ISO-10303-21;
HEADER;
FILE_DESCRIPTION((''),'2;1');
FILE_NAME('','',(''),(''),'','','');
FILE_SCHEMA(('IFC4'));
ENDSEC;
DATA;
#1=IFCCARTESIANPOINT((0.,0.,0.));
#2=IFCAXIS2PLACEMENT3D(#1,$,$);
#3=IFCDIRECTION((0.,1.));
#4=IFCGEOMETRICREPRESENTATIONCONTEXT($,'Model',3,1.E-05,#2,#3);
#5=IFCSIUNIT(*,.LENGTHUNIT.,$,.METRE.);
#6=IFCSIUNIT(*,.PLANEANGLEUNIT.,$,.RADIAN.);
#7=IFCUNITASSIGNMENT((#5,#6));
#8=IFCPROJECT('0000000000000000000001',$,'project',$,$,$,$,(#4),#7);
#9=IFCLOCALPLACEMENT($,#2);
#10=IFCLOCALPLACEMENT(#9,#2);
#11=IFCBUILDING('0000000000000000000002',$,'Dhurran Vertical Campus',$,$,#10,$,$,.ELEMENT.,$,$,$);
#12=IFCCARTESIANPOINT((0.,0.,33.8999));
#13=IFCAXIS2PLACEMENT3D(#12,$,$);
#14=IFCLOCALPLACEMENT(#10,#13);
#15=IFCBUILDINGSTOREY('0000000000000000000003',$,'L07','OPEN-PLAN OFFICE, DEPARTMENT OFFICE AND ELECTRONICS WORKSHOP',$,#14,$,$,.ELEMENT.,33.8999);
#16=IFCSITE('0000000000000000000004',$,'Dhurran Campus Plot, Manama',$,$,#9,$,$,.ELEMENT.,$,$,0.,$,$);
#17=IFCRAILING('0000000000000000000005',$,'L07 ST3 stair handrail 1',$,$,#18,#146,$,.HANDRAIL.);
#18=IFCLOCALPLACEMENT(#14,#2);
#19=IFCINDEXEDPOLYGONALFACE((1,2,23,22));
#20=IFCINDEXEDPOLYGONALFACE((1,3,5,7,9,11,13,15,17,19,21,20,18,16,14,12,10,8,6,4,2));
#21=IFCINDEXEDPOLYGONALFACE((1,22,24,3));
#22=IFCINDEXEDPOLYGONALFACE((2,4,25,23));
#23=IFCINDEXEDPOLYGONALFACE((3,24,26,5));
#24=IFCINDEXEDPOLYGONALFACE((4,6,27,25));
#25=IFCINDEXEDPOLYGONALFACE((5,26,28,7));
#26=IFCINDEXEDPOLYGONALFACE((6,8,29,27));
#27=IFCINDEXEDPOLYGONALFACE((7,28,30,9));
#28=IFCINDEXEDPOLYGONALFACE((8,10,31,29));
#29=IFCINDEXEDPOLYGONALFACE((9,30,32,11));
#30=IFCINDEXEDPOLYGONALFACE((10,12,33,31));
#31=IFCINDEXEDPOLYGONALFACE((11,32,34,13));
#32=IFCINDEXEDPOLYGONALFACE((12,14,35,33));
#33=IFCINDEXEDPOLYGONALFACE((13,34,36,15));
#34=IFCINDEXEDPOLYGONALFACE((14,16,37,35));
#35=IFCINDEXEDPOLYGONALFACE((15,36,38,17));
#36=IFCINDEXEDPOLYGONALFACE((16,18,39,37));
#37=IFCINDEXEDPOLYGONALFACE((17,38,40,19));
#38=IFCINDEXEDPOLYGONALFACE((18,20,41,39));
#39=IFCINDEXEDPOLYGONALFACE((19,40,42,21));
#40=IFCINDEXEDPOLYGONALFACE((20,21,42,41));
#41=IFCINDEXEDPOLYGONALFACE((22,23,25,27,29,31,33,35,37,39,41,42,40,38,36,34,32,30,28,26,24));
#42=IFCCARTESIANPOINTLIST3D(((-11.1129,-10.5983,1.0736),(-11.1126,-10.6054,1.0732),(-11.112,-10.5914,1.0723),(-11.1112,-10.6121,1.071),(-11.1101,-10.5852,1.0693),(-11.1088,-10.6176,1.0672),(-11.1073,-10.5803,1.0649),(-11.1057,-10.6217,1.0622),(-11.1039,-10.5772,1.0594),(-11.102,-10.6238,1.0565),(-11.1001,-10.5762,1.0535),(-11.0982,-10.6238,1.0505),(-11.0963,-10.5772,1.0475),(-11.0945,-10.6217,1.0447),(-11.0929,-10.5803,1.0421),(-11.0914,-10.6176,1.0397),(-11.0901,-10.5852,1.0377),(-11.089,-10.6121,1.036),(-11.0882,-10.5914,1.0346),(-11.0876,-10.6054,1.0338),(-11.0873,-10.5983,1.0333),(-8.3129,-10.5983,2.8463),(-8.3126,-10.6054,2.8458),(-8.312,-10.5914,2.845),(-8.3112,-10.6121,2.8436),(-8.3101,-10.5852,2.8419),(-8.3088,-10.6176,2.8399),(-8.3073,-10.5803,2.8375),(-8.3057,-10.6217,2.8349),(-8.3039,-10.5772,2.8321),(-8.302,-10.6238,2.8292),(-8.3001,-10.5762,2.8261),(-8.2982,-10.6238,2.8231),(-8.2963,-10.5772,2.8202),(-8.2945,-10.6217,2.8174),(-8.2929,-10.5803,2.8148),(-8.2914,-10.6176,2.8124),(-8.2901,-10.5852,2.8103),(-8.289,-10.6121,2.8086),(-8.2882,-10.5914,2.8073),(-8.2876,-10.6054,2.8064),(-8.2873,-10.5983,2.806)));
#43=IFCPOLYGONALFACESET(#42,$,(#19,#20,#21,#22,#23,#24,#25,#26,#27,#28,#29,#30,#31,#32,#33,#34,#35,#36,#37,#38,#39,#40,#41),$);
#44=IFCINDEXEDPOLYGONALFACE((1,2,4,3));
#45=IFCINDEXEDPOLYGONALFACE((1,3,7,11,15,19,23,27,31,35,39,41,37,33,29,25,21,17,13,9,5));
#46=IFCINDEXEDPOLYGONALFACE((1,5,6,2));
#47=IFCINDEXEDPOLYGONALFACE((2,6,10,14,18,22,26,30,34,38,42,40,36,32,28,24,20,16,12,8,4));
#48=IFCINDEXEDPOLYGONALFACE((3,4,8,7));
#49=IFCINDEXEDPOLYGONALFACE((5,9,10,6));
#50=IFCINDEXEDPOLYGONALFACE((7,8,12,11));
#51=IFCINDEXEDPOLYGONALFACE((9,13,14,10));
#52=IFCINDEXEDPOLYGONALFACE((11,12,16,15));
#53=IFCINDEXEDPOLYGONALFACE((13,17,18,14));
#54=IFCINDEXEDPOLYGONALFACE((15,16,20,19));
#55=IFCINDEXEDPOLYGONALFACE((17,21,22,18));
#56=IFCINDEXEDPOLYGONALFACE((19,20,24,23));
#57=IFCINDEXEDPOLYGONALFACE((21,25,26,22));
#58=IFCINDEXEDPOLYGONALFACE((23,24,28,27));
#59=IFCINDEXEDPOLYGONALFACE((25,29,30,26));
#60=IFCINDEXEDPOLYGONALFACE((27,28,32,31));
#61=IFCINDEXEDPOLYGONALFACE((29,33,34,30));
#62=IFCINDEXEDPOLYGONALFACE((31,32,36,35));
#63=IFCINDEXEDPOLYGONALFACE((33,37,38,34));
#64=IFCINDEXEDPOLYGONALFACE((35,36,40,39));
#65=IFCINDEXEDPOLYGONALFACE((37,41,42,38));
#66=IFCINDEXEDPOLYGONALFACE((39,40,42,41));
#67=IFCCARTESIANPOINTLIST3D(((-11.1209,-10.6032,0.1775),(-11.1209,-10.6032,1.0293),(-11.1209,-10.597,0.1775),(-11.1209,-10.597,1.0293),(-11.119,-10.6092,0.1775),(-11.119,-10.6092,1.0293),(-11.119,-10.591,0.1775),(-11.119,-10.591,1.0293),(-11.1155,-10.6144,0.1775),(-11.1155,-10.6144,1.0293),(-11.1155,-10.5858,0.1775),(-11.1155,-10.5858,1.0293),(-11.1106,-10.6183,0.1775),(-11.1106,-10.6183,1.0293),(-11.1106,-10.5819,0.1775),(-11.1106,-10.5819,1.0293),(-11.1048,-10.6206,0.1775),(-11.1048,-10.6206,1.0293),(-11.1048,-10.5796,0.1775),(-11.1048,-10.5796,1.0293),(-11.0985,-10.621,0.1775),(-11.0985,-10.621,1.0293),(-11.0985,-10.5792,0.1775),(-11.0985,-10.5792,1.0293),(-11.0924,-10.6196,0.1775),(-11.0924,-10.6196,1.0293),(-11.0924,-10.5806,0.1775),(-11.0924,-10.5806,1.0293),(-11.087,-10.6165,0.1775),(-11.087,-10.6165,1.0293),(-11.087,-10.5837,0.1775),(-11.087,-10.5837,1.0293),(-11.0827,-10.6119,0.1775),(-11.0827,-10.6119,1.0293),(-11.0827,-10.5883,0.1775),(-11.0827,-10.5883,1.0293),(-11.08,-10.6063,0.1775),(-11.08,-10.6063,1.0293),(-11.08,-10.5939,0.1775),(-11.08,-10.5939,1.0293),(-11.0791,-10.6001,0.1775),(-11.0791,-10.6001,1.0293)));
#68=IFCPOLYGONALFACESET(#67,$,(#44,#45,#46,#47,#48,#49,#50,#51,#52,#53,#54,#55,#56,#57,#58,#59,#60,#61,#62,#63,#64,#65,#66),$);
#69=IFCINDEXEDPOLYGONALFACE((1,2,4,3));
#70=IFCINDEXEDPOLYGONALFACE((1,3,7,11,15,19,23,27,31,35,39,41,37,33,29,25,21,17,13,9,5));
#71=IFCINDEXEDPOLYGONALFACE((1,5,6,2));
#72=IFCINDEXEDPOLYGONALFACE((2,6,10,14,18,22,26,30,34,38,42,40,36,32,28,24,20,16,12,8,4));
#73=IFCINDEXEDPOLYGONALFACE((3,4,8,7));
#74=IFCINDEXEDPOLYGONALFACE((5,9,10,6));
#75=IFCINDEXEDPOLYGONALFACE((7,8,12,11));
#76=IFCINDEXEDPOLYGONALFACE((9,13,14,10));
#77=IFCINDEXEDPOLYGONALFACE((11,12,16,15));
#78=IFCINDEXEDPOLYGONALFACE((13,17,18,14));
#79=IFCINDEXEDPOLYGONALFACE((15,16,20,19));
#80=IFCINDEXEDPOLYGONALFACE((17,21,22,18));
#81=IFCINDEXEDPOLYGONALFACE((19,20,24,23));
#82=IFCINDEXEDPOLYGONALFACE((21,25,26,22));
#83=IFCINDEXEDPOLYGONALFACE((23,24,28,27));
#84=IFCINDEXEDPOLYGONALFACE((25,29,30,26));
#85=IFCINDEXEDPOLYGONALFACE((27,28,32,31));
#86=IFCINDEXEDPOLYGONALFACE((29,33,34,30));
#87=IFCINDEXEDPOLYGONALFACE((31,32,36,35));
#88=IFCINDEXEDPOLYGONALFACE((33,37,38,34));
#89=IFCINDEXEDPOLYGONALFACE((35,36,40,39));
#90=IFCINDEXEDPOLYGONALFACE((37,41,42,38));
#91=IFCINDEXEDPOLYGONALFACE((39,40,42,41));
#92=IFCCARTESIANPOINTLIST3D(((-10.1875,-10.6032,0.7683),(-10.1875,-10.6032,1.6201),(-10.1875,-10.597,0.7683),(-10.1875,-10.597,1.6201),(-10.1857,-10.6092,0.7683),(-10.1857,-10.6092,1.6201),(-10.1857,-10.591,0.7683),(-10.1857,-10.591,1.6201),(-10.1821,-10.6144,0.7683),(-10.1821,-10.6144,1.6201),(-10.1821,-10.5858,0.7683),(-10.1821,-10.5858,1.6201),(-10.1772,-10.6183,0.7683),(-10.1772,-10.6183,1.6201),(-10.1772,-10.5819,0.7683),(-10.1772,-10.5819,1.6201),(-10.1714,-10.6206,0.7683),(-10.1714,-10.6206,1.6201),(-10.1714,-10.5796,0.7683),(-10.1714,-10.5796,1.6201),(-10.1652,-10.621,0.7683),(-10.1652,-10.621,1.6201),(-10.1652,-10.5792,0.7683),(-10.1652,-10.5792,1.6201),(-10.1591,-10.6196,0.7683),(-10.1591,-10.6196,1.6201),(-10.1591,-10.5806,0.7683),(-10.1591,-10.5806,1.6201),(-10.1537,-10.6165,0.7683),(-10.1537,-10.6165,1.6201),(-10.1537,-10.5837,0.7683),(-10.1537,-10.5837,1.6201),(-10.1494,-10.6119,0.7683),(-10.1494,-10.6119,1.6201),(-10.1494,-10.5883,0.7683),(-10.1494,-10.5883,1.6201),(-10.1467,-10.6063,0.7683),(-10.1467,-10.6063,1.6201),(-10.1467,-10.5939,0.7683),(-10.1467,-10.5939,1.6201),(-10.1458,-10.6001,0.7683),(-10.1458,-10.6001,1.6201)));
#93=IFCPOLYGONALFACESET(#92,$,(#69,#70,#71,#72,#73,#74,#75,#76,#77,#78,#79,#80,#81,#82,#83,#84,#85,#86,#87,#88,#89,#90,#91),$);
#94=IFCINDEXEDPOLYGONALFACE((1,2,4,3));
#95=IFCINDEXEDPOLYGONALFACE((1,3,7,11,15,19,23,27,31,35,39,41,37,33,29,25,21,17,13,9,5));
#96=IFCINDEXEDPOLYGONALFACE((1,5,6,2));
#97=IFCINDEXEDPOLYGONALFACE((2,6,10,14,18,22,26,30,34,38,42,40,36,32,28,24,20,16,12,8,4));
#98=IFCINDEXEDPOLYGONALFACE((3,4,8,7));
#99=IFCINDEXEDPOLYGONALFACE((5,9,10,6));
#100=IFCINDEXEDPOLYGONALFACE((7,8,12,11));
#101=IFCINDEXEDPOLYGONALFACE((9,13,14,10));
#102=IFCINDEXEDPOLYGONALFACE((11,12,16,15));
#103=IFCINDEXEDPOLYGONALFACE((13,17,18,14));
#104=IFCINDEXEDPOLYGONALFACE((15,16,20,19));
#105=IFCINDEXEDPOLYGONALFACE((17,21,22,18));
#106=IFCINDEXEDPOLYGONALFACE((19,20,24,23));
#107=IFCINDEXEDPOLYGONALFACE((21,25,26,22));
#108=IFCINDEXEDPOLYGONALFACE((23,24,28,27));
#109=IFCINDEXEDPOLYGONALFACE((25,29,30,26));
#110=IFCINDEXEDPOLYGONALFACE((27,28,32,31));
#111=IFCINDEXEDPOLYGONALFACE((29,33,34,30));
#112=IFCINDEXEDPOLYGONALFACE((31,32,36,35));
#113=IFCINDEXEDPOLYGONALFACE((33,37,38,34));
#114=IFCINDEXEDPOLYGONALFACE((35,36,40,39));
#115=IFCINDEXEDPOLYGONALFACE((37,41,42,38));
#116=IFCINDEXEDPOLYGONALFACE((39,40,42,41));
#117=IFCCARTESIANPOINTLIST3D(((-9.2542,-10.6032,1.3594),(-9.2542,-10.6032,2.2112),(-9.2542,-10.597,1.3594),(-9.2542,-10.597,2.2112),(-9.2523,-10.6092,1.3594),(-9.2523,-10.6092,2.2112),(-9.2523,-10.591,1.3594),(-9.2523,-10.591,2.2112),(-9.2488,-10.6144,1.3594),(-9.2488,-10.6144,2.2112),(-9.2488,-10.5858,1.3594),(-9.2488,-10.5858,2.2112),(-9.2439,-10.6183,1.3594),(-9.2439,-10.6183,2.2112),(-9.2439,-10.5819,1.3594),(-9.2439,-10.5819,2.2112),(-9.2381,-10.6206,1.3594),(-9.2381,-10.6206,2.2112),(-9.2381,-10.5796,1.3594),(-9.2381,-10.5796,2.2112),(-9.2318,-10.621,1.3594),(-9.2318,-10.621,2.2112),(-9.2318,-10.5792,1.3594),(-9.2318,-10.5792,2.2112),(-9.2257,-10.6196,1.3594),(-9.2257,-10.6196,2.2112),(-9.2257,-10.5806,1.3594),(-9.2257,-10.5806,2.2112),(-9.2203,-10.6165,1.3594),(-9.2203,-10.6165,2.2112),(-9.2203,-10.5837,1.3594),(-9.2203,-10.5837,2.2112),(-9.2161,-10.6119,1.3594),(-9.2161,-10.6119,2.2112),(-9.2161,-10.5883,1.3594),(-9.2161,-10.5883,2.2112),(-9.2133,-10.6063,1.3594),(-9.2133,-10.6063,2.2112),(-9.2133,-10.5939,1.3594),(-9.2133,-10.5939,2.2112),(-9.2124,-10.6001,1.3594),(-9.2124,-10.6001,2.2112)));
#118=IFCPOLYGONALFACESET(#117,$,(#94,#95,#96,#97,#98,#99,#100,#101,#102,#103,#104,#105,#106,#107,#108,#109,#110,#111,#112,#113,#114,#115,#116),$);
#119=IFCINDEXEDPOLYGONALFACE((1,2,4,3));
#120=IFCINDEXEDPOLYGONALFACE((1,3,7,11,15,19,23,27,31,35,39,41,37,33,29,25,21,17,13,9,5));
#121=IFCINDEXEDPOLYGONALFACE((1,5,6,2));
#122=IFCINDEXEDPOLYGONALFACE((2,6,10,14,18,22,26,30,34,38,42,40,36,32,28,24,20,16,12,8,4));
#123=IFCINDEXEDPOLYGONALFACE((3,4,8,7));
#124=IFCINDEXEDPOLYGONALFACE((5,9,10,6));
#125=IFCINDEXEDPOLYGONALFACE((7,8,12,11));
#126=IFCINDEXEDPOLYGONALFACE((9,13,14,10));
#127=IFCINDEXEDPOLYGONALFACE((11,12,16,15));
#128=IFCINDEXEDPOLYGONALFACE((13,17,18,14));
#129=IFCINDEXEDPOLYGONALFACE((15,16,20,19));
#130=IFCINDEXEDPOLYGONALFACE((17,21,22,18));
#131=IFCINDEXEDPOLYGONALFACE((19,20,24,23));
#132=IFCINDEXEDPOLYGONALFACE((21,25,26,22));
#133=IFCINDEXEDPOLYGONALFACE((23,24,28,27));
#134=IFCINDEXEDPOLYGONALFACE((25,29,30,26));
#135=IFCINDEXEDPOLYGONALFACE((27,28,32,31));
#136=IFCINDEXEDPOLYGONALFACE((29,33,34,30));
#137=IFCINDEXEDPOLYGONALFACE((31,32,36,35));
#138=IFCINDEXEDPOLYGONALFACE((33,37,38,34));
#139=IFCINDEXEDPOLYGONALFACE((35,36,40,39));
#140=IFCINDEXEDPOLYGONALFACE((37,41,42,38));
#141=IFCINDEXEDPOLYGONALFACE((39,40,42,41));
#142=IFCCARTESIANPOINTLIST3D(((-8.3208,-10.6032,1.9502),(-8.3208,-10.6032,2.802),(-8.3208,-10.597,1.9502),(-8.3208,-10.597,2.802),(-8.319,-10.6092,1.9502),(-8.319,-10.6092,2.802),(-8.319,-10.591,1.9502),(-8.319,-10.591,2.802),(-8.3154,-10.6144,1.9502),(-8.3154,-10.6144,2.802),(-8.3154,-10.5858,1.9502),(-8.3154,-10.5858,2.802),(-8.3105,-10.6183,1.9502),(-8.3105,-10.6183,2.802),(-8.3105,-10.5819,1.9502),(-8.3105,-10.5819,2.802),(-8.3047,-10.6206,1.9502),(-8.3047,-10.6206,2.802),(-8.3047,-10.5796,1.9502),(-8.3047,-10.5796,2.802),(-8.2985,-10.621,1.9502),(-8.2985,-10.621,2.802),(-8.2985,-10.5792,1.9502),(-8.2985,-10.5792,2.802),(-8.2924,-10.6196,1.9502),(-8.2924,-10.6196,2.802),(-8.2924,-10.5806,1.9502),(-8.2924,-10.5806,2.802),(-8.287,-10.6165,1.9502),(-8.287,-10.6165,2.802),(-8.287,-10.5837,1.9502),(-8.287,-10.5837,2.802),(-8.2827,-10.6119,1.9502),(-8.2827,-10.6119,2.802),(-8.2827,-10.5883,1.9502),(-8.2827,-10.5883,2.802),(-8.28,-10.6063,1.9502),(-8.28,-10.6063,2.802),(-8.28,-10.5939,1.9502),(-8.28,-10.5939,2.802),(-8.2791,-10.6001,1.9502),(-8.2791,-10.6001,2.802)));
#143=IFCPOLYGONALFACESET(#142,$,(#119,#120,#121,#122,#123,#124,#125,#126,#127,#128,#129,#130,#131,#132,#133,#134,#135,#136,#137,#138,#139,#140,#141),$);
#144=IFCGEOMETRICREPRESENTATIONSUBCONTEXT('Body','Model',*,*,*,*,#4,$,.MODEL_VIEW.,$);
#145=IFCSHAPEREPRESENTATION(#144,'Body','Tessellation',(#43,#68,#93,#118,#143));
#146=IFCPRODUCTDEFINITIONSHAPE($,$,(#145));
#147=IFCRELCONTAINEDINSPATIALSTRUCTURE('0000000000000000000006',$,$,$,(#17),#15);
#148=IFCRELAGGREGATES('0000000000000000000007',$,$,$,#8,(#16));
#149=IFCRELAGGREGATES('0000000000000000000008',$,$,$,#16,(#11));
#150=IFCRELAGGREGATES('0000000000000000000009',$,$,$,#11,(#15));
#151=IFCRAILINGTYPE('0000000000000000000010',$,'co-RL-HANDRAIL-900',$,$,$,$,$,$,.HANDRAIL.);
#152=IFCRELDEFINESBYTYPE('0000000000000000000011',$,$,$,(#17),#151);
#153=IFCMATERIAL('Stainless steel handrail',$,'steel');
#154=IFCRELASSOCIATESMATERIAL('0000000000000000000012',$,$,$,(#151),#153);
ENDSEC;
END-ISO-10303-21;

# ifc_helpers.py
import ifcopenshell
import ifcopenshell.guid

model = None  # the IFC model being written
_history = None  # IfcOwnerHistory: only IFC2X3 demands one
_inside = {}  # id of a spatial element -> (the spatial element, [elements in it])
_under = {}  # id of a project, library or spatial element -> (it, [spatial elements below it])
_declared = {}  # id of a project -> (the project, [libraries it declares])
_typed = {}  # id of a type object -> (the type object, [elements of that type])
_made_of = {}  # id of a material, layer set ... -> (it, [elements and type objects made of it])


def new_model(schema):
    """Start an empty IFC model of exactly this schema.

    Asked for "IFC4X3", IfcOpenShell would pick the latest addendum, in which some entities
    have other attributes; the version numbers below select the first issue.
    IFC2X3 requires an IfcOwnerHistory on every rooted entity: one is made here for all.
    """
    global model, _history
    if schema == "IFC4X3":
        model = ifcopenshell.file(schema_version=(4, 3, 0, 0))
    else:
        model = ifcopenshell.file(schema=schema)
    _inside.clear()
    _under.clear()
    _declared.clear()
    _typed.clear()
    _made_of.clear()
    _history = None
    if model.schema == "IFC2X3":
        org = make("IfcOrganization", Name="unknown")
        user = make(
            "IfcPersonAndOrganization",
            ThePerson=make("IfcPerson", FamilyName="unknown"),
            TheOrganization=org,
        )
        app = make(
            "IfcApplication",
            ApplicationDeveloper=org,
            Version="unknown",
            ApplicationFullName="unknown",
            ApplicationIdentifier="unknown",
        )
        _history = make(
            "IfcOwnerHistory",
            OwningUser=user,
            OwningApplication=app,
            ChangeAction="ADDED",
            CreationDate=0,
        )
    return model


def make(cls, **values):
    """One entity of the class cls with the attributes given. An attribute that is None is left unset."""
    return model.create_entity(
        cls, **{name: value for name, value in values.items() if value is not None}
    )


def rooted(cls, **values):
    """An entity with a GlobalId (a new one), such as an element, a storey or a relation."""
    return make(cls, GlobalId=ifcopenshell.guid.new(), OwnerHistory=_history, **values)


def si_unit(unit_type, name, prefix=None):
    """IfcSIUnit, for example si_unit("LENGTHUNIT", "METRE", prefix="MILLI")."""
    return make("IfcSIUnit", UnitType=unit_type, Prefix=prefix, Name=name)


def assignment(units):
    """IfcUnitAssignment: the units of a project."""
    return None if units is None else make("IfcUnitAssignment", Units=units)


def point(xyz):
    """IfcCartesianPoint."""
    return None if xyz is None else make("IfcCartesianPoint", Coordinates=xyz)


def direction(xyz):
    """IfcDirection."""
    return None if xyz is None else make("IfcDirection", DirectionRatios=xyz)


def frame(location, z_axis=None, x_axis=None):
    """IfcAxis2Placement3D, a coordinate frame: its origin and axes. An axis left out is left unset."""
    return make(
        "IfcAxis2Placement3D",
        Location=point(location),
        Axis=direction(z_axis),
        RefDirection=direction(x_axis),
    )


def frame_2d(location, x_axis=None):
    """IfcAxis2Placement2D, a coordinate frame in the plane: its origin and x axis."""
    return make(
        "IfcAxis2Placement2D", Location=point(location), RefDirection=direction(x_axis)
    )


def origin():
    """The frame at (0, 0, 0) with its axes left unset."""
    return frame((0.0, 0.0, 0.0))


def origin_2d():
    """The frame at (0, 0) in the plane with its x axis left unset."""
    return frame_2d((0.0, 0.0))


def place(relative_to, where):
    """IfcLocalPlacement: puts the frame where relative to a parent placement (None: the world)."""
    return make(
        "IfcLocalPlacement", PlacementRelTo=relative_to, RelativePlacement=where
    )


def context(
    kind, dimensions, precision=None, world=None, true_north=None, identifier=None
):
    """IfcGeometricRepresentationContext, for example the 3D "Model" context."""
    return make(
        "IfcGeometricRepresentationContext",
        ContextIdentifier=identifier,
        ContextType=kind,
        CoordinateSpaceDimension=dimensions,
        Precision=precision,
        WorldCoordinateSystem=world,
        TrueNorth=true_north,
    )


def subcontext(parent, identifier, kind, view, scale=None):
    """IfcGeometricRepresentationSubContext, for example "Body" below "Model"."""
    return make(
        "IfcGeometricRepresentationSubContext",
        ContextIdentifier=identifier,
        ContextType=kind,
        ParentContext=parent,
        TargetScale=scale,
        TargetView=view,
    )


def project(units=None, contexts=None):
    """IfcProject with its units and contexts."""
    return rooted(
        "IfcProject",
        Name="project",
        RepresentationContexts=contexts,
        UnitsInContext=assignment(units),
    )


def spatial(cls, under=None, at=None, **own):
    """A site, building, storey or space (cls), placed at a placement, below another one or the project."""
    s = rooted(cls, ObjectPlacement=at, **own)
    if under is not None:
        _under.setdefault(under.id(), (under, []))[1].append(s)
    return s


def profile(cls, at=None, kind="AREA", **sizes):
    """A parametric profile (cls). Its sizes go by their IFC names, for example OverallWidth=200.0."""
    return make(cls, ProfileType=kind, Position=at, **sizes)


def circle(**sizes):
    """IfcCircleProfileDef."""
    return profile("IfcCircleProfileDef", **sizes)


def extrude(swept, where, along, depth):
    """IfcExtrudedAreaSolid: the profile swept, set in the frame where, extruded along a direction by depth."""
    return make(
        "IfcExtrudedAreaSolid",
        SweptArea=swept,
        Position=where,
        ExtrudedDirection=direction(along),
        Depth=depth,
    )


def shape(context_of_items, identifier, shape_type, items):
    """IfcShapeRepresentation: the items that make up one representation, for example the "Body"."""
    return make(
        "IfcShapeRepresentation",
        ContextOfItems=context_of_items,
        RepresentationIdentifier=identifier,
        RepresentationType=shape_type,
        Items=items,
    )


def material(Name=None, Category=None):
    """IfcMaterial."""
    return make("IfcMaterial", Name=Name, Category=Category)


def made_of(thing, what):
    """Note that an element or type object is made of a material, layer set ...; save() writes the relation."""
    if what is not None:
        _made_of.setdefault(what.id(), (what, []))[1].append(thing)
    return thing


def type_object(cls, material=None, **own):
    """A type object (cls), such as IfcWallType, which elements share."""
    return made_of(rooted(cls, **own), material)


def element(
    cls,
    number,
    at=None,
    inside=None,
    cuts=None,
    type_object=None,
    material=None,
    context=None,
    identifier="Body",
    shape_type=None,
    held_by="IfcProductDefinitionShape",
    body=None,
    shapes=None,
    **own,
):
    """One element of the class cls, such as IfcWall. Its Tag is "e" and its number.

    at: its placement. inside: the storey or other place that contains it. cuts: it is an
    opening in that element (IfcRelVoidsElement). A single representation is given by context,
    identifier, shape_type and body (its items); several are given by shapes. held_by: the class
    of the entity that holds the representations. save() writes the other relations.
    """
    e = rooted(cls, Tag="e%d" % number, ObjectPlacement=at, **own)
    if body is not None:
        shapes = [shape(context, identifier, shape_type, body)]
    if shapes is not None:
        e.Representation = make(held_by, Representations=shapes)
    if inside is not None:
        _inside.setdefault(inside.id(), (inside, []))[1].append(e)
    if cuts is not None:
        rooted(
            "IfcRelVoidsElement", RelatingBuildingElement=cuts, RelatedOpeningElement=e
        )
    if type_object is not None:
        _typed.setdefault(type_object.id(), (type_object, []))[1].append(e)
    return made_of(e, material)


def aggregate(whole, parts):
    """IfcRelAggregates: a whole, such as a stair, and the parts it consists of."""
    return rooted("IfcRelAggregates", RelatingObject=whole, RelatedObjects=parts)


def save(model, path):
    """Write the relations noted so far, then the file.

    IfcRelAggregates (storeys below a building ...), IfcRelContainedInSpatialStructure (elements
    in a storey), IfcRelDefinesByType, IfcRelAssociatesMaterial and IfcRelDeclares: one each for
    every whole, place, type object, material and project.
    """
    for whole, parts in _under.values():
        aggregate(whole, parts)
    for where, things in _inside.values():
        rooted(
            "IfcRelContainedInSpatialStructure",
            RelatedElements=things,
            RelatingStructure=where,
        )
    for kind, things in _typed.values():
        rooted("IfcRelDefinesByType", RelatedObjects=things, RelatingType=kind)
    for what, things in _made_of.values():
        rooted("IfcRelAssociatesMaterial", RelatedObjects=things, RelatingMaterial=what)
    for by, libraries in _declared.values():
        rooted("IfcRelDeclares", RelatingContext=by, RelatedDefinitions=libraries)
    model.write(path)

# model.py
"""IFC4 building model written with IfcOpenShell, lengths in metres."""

from ifc_helpers import new_model, si_unit, direction, frame, origin, origin_2d, place, context, subcontext, project, spatial, circle, extrude, material, type_object, element, save


model = new_model("IFC4")

# Units and contexts
model_context = context("Model", 3, precision=1e-05, world=origin(), true_north=direction((0.0, 1.0)))
body_context = subcontext(model_context, "Body", "Model", "MODEL_VIEW")
ifc_project = project(units=[si_unit("LENGTHUNIT", "METRE"), si_unit("PLANEANGLEUNIT", "RADIAN")], contexts=[model_context])

# Site, building, storey
site_placement = place(None, origin())
site = spatial("IfcSite", under=ifc_project, at=site_placement, Name="Dhurran Campus Plot, Manama", CompositionType="ELEMENT", RefElevation=0.0)
building_placement = place(site_placement, origin())
building = spatial("IfcBuilding", under=site, at=building_placement, Name="Dhurran Vertical Campus", CompositionType="ELEMENT")
storey_placement = place(building_placement, frame((0.0, 0.0, 33.8999)))
storey = spatial("IfcBuildingStorey", under=building, at=storey_placement, Name="L07", Description="OPEN-PLAN OFFICE, DEPARTMENT OFFICE AND ELECTRONICS WORKSHOP", CompositionType="ELEMENT", Elevation=33.8999)

# Railing
ifc_material_1 = material(Name="Stainless steel handrail", Category="steel")
railing_type_1 = type_object("IfcRailingType", Name="co-RL-HANDRAIL-900", PredefinedType="HANDRAIL", material=ifc_material_1)
railing_1_placement = place(storey_placement, frame((-11.1001, -10.6001, 0.1775)))
element("IfcRailing", 1, at=railing_1_placement, inside=storey, type_object=railing_type_1, Name="L07 ST3 stair handrail 1", PredefinedType="HANDRAIL", context=body_context, shape_type="SweptSolid", body=[
    extrude(circle(Radius=0.0239, at=origin_2d()), frame((0.0, 0.0, 0.876), z_axis=(0.844909, 0.0, 0.53491), x_axis=(0.0, 1.0, 0.0)), (0.0, 0.0, 1.0), 3.314),
    extrude(circle(Radius=0.021, at=origin_2d()), origin(), (0.0, 0.0, 1.0), 0.8518),
    extrude(circle(Radius=0.021, at=origin_2d()), frame((0.9333, 0.0, 0.5908)), (0.0, 0.0, 1.0), 0.8518),
    extrude(circle(Radius=0.021, at=origin_2d()), frame((1.8667, 0.0, 1.1819)), (0.0, 0.0, 1.0), 0.8518),
    extrude(circle(Radius=0.021, at=origin_2d()), frame((2.8, 0.0, 1.7727)), (0.0, 0.0, 1.0), 0.8518),
])

save(model, "model.ifc")
